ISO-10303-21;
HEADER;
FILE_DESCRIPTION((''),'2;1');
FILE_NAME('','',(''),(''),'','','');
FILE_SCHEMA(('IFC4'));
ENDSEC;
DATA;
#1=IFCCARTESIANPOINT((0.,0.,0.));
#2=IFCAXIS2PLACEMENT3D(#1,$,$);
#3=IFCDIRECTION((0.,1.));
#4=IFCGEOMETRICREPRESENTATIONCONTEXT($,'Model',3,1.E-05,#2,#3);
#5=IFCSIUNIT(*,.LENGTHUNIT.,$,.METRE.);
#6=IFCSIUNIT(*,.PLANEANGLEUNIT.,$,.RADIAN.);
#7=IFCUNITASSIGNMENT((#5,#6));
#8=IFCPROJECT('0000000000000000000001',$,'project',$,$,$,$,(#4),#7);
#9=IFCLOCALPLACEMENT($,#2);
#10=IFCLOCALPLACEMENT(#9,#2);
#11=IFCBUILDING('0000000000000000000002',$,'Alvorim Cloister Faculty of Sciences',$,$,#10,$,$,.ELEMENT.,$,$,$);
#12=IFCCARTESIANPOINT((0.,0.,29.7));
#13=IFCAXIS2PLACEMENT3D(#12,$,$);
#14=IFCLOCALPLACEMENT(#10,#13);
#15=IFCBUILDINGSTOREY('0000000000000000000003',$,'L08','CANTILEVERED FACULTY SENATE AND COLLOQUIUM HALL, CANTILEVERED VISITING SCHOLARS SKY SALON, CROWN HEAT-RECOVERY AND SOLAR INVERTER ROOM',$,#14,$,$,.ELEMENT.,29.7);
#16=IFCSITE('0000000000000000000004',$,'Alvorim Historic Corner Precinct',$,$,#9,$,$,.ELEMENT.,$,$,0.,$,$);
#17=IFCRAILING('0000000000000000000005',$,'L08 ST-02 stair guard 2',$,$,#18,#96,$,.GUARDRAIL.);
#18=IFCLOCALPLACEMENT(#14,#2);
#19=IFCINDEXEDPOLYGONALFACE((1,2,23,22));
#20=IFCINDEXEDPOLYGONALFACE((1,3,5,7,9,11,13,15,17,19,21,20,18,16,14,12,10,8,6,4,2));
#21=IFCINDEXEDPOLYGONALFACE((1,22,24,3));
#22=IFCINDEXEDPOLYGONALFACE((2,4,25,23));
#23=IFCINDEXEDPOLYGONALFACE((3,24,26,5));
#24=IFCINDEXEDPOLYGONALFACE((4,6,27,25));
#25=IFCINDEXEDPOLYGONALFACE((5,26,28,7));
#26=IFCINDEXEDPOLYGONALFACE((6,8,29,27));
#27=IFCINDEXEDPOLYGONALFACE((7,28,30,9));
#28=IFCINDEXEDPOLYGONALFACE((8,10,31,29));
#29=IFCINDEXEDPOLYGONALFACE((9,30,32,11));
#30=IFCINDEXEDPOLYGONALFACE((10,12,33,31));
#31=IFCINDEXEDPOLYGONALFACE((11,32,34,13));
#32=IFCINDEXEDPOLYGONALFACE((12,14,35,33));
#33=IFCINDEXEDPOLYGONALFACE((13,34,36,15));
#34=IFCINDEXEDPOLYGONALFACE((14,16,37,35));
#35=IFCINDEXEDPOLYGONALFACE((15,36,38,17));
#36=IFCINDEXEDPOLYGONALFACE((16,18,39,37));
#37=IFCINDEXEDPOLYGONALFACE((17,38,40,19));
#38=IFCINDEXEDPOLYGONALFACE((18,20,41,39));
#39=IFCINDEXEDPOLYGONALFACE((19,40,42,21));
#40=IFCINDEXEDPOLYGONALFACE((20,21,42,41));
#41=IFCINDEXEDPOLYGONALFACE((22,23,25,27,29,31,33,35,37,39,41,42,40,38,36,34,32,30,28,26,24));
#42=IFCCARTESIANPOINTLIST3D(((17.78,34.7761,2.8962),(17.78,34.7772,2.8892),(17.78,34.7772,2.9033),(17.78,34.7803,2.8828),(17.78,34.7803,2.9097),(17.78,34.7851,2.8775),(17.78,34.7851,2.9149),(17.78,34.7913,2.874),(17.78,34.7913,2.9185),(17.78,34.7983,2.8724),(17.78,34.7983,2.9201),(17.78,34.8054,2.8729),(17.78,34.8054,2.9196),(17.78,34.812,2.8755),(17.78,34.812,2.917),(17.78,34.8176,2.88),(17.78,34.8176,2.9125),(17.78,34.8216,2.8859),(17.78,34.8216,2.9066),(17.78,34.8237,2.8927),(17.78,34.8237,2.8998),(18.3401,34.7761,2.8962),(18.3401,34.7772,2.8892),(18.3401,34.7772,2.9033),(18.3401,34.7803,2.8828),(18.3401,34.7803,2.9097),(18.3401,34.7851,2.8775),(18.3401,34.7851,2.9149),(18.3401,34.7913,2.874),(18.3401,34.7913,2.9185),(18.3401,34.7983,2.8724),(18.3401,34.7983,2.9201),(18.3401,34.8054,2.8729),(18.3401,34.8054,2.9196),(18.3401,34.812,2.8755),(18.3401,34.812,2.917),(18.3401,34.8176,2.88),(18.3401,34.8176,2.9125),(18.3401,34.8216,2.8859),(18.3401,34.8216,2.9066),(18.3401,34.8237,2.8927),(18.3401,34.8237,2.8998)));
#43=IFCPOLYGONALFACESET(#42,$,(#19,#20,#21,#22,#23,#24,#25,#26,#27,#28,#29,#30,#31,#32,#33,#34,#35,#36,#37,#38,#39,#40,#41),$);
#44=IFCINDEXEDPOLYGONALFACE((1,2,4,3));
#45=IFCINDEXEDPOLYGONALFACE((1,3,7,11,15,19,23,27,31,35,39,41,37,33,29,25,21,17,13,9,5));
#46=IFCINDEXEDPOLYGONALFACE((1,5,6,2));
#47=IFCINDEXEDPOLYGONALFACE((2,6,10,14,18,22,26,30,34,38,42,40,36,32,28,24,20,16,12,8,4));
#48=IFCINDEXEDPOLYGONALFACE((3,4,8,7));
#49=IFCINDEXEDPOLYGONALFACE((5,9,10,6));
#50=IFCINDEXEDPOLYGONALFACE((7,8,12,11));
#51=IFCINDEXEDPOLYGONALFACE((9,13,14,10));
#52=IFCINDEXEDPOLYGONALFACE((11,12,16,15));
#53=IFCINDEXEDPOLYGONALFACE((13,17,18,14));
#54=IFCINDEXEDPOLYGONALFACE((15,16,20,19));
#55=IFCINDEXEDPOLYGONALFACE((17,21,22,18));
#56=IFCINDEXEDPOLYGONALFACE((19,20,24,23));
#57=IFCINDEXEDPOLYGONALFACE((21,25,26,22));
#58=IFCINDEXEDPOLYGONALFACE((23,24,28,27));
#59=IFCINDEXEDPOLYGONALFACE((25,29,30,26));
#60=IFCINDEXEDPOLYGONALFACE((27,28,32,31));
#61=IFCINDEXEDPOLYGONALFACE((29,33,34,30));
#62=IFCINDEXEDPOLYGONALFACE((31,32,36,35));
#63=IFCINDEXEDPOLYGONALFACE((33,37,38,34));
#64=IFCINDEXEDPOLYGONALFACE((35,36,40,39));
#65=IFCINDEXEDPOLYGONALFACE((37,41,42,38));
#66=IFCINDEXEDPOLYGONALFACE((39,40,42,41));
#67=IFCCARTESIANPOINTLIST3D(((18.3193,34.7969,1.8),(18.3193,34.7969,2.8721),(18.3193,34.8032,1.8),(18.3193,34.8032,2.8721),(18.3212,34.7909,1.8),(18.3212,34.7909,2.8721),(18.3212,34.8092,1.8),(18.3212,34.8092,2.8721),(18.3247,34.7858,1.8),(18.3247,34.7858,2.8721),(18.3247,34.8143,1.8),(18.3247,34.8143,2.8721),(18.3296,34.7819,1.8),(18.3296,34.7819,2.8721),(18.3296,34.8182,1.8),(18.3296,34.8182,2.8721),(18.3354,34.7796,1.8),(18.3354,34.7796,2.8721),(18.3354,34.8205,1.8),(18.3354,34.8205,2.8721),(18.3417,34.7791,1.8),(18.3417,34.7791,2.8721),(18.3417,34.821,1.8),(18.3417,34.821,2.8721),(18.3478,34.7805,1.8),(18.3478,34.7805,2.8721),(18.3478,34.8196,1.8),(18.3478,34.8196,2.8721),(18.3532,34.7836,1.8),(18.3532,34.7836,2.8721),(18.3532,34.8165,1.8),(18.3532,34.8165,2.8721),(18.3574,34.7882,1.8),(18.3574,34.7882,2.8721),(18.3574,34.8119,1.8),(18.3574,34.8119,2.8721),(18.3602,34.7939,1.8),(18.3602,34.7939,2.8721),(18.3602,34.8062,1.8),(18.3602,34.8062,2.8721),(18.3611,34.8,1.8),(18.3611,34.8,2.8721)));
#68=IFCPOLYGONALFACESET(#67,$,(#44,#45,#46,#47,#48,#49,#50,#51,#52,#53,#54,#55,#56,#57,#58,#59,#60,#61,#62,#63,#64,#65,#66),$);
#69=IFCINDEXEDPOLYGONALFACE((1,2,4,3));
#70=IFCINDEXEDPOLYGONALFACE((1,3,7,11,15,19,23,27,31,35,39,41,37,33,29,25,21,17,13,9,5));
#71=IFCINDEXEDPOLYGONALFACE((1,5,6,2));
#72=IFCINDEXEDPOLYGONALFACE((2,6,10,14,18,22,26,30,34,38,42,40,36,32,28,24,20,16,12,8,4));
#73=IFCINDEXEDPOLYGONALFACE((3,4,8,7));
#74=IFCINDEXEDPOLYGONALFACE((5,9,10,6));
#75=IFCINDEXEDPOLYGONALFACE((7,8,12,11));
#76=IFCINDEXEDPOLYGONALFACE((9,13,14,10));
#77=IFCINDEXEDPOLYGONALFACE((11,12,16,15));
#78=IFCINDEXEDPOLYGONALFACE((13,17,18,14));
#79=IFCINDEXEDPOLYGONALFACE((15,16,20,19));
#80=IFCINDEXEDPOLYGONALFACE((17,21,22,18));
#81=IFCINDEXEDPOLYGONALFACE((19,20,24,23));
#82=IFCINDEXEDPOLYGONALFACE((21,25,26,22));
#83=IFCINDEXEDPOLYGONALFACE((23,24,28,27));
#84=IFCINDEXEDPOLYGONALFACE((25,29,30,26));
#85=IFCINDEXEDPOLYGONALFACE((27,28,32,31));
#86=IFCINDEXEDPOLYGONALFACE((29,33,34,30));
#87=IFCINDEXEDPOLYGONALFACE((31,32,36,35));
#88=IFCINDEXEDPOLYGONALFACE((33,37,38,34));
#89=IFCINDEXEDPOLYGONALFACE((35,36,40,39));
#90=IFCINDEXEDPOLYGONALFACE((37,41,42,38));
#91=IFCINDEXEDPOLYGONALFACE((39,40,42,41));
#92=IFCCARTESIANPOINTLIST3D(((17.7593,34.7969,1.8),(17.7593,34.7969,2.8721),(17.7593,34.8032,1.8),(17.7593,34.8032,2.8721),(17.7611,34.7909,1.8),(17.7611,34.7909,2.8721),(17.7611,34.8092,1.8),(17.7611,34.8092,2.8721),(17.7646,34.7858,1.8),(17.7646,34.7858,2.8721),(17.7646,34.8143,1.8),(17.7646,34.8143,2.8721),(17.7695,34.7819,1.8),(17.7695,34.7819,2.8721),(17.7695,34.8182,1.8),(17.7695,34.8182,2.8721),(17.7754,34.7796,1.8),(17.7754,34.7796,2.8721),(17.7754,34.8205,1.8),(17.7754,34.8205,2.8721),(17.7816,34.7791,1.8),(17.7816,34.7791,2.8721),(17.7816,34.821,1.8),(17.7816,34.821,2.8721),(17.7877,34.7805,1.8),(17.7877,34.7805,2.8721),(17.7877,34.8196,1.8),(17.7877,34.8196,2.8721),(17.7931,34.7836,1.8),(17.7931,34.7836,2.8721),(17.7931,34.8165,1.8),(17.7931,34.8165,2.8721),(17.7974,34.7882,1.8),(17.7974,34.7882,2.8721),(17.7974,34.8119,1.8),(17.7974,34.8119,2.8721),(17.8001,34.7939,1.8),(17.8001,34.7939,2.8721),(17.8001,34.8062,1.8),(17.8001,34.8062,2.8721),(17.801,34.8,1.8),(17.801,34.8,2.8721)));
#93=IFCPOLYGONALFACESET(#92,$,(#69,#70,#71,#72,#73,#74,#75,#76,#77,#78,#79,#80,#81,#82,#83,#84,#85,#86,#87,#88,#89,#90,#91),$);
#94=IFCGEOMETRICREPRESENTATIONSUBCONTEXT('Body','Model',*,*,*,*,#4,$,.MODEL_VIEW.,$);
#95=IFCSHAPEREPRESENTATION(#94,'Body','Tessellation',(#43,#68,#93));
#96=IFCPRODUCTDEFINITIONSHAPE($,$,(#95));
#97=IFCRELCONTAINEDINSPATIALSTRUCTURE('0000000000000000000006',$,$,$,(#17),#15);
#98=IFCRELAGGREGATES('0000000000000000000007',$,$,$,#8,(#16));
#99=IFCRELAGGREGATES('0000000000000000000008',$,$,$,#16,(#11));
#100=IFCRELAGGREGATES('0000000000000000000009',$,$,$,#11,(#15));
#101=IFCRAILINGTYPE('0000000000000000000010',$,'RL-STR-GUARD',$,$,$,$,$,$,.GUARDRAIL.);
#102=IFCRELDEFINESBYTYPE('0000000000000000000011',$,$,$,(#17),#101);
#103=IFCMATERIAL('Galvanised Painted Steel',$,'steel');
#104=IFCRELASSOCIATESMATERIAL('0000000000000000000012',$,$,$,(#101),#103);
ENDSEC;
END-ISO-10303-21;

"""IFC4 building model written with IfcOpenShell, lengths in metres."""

from ifc_helpers import new_model, si_unit, direction, frame, origin, origin_2d, place, context, subcontext, project, spatial, circle, extrude, material, type_object, element, save


model = new_model("IFC4")

# Units and contexts
model_context = context("Model", 3, precision=1e-05, world=origin(), true_north=direction((0.0, 1.0)))
body_context = subcontext(model_context, "Body", "Model", "MODEL_VIEW")
ifc_project = project(units=[si_unit("LENGTHUNIT", "METRE"), si_unit("PLANEANGLEUNIT", "RADIAN")], contexts=[model_context])

# Site, building, storey
site_placement = place(None, origin())
site = spatial("IfcSite", under=ifc_project, at=site_placement, Name="Alvorim Historic Corner Precinct", CompositionType="ELEMENT", RefElevation=0.0)
building_placement = place(site_placement, origin())
building = spatial("IfcBuilding", under=site, at=building_placement, Name="Alvorim Cloister Faculty of Sciences", CompositionType="ELEMENT")
storey_placement = place(building_placement, frame((0.0, 0.0, 29.7)))
storey = spatial("IfcBuildingStorey", under=building, at=storey_placement, Name="L08", Description="CANTILEVERED FACULTY SENATE AND COLLOQUIUM HALL, CANTILEVERED VISITING SCHOLARS SKY SALON, CROWN HEAT-RECOVERY AND SOLAR INVERTER ROOM", CompositionType="ELEMENT", Elevation=29.7)

# Railing
ifc_material_1 = material(Name="Galvanised Painted Steel", Category="steel")
railing_type_1 = type_object("IfcRailingType", Name="RL-STR-GUARD", PredefinedType="GUARDRAIL", material=ifc_material_1)
railing_1_placement = place(storey_placement, frame((18.3401, 34.8, 1.8)))
element("IfcRailing", 1, at=railing_1_placement, inside=storey, type_object=railing_type_1, Name="L08 ST-02 stair guard 2", PredefinedType="GUARDRAIL", context=body_context, shape_type="SweptSolid", body=[
    extrude(circle(Radius=0.0239, at=origin_2d()), frame((0.0, 0.0, 1.0962), z_axis=(-1.0, 0.0, 0.0), x_axis=(0.0, -1.0, 0.0)), (0.0, 0.0, 1.0), 0.5601),
    extrude(circle(Radius=0.021, at=origin_2d()), origin(), (0.0, 0.0, 1.0), 1.072),
    extrude(circle(Radius=0.021, at=origin_2d()), frame((-0.5601, 0.0, 0.0)), (0.0, 0.0, 1.0), 1.072),
])

save(model, "model.ifc")
